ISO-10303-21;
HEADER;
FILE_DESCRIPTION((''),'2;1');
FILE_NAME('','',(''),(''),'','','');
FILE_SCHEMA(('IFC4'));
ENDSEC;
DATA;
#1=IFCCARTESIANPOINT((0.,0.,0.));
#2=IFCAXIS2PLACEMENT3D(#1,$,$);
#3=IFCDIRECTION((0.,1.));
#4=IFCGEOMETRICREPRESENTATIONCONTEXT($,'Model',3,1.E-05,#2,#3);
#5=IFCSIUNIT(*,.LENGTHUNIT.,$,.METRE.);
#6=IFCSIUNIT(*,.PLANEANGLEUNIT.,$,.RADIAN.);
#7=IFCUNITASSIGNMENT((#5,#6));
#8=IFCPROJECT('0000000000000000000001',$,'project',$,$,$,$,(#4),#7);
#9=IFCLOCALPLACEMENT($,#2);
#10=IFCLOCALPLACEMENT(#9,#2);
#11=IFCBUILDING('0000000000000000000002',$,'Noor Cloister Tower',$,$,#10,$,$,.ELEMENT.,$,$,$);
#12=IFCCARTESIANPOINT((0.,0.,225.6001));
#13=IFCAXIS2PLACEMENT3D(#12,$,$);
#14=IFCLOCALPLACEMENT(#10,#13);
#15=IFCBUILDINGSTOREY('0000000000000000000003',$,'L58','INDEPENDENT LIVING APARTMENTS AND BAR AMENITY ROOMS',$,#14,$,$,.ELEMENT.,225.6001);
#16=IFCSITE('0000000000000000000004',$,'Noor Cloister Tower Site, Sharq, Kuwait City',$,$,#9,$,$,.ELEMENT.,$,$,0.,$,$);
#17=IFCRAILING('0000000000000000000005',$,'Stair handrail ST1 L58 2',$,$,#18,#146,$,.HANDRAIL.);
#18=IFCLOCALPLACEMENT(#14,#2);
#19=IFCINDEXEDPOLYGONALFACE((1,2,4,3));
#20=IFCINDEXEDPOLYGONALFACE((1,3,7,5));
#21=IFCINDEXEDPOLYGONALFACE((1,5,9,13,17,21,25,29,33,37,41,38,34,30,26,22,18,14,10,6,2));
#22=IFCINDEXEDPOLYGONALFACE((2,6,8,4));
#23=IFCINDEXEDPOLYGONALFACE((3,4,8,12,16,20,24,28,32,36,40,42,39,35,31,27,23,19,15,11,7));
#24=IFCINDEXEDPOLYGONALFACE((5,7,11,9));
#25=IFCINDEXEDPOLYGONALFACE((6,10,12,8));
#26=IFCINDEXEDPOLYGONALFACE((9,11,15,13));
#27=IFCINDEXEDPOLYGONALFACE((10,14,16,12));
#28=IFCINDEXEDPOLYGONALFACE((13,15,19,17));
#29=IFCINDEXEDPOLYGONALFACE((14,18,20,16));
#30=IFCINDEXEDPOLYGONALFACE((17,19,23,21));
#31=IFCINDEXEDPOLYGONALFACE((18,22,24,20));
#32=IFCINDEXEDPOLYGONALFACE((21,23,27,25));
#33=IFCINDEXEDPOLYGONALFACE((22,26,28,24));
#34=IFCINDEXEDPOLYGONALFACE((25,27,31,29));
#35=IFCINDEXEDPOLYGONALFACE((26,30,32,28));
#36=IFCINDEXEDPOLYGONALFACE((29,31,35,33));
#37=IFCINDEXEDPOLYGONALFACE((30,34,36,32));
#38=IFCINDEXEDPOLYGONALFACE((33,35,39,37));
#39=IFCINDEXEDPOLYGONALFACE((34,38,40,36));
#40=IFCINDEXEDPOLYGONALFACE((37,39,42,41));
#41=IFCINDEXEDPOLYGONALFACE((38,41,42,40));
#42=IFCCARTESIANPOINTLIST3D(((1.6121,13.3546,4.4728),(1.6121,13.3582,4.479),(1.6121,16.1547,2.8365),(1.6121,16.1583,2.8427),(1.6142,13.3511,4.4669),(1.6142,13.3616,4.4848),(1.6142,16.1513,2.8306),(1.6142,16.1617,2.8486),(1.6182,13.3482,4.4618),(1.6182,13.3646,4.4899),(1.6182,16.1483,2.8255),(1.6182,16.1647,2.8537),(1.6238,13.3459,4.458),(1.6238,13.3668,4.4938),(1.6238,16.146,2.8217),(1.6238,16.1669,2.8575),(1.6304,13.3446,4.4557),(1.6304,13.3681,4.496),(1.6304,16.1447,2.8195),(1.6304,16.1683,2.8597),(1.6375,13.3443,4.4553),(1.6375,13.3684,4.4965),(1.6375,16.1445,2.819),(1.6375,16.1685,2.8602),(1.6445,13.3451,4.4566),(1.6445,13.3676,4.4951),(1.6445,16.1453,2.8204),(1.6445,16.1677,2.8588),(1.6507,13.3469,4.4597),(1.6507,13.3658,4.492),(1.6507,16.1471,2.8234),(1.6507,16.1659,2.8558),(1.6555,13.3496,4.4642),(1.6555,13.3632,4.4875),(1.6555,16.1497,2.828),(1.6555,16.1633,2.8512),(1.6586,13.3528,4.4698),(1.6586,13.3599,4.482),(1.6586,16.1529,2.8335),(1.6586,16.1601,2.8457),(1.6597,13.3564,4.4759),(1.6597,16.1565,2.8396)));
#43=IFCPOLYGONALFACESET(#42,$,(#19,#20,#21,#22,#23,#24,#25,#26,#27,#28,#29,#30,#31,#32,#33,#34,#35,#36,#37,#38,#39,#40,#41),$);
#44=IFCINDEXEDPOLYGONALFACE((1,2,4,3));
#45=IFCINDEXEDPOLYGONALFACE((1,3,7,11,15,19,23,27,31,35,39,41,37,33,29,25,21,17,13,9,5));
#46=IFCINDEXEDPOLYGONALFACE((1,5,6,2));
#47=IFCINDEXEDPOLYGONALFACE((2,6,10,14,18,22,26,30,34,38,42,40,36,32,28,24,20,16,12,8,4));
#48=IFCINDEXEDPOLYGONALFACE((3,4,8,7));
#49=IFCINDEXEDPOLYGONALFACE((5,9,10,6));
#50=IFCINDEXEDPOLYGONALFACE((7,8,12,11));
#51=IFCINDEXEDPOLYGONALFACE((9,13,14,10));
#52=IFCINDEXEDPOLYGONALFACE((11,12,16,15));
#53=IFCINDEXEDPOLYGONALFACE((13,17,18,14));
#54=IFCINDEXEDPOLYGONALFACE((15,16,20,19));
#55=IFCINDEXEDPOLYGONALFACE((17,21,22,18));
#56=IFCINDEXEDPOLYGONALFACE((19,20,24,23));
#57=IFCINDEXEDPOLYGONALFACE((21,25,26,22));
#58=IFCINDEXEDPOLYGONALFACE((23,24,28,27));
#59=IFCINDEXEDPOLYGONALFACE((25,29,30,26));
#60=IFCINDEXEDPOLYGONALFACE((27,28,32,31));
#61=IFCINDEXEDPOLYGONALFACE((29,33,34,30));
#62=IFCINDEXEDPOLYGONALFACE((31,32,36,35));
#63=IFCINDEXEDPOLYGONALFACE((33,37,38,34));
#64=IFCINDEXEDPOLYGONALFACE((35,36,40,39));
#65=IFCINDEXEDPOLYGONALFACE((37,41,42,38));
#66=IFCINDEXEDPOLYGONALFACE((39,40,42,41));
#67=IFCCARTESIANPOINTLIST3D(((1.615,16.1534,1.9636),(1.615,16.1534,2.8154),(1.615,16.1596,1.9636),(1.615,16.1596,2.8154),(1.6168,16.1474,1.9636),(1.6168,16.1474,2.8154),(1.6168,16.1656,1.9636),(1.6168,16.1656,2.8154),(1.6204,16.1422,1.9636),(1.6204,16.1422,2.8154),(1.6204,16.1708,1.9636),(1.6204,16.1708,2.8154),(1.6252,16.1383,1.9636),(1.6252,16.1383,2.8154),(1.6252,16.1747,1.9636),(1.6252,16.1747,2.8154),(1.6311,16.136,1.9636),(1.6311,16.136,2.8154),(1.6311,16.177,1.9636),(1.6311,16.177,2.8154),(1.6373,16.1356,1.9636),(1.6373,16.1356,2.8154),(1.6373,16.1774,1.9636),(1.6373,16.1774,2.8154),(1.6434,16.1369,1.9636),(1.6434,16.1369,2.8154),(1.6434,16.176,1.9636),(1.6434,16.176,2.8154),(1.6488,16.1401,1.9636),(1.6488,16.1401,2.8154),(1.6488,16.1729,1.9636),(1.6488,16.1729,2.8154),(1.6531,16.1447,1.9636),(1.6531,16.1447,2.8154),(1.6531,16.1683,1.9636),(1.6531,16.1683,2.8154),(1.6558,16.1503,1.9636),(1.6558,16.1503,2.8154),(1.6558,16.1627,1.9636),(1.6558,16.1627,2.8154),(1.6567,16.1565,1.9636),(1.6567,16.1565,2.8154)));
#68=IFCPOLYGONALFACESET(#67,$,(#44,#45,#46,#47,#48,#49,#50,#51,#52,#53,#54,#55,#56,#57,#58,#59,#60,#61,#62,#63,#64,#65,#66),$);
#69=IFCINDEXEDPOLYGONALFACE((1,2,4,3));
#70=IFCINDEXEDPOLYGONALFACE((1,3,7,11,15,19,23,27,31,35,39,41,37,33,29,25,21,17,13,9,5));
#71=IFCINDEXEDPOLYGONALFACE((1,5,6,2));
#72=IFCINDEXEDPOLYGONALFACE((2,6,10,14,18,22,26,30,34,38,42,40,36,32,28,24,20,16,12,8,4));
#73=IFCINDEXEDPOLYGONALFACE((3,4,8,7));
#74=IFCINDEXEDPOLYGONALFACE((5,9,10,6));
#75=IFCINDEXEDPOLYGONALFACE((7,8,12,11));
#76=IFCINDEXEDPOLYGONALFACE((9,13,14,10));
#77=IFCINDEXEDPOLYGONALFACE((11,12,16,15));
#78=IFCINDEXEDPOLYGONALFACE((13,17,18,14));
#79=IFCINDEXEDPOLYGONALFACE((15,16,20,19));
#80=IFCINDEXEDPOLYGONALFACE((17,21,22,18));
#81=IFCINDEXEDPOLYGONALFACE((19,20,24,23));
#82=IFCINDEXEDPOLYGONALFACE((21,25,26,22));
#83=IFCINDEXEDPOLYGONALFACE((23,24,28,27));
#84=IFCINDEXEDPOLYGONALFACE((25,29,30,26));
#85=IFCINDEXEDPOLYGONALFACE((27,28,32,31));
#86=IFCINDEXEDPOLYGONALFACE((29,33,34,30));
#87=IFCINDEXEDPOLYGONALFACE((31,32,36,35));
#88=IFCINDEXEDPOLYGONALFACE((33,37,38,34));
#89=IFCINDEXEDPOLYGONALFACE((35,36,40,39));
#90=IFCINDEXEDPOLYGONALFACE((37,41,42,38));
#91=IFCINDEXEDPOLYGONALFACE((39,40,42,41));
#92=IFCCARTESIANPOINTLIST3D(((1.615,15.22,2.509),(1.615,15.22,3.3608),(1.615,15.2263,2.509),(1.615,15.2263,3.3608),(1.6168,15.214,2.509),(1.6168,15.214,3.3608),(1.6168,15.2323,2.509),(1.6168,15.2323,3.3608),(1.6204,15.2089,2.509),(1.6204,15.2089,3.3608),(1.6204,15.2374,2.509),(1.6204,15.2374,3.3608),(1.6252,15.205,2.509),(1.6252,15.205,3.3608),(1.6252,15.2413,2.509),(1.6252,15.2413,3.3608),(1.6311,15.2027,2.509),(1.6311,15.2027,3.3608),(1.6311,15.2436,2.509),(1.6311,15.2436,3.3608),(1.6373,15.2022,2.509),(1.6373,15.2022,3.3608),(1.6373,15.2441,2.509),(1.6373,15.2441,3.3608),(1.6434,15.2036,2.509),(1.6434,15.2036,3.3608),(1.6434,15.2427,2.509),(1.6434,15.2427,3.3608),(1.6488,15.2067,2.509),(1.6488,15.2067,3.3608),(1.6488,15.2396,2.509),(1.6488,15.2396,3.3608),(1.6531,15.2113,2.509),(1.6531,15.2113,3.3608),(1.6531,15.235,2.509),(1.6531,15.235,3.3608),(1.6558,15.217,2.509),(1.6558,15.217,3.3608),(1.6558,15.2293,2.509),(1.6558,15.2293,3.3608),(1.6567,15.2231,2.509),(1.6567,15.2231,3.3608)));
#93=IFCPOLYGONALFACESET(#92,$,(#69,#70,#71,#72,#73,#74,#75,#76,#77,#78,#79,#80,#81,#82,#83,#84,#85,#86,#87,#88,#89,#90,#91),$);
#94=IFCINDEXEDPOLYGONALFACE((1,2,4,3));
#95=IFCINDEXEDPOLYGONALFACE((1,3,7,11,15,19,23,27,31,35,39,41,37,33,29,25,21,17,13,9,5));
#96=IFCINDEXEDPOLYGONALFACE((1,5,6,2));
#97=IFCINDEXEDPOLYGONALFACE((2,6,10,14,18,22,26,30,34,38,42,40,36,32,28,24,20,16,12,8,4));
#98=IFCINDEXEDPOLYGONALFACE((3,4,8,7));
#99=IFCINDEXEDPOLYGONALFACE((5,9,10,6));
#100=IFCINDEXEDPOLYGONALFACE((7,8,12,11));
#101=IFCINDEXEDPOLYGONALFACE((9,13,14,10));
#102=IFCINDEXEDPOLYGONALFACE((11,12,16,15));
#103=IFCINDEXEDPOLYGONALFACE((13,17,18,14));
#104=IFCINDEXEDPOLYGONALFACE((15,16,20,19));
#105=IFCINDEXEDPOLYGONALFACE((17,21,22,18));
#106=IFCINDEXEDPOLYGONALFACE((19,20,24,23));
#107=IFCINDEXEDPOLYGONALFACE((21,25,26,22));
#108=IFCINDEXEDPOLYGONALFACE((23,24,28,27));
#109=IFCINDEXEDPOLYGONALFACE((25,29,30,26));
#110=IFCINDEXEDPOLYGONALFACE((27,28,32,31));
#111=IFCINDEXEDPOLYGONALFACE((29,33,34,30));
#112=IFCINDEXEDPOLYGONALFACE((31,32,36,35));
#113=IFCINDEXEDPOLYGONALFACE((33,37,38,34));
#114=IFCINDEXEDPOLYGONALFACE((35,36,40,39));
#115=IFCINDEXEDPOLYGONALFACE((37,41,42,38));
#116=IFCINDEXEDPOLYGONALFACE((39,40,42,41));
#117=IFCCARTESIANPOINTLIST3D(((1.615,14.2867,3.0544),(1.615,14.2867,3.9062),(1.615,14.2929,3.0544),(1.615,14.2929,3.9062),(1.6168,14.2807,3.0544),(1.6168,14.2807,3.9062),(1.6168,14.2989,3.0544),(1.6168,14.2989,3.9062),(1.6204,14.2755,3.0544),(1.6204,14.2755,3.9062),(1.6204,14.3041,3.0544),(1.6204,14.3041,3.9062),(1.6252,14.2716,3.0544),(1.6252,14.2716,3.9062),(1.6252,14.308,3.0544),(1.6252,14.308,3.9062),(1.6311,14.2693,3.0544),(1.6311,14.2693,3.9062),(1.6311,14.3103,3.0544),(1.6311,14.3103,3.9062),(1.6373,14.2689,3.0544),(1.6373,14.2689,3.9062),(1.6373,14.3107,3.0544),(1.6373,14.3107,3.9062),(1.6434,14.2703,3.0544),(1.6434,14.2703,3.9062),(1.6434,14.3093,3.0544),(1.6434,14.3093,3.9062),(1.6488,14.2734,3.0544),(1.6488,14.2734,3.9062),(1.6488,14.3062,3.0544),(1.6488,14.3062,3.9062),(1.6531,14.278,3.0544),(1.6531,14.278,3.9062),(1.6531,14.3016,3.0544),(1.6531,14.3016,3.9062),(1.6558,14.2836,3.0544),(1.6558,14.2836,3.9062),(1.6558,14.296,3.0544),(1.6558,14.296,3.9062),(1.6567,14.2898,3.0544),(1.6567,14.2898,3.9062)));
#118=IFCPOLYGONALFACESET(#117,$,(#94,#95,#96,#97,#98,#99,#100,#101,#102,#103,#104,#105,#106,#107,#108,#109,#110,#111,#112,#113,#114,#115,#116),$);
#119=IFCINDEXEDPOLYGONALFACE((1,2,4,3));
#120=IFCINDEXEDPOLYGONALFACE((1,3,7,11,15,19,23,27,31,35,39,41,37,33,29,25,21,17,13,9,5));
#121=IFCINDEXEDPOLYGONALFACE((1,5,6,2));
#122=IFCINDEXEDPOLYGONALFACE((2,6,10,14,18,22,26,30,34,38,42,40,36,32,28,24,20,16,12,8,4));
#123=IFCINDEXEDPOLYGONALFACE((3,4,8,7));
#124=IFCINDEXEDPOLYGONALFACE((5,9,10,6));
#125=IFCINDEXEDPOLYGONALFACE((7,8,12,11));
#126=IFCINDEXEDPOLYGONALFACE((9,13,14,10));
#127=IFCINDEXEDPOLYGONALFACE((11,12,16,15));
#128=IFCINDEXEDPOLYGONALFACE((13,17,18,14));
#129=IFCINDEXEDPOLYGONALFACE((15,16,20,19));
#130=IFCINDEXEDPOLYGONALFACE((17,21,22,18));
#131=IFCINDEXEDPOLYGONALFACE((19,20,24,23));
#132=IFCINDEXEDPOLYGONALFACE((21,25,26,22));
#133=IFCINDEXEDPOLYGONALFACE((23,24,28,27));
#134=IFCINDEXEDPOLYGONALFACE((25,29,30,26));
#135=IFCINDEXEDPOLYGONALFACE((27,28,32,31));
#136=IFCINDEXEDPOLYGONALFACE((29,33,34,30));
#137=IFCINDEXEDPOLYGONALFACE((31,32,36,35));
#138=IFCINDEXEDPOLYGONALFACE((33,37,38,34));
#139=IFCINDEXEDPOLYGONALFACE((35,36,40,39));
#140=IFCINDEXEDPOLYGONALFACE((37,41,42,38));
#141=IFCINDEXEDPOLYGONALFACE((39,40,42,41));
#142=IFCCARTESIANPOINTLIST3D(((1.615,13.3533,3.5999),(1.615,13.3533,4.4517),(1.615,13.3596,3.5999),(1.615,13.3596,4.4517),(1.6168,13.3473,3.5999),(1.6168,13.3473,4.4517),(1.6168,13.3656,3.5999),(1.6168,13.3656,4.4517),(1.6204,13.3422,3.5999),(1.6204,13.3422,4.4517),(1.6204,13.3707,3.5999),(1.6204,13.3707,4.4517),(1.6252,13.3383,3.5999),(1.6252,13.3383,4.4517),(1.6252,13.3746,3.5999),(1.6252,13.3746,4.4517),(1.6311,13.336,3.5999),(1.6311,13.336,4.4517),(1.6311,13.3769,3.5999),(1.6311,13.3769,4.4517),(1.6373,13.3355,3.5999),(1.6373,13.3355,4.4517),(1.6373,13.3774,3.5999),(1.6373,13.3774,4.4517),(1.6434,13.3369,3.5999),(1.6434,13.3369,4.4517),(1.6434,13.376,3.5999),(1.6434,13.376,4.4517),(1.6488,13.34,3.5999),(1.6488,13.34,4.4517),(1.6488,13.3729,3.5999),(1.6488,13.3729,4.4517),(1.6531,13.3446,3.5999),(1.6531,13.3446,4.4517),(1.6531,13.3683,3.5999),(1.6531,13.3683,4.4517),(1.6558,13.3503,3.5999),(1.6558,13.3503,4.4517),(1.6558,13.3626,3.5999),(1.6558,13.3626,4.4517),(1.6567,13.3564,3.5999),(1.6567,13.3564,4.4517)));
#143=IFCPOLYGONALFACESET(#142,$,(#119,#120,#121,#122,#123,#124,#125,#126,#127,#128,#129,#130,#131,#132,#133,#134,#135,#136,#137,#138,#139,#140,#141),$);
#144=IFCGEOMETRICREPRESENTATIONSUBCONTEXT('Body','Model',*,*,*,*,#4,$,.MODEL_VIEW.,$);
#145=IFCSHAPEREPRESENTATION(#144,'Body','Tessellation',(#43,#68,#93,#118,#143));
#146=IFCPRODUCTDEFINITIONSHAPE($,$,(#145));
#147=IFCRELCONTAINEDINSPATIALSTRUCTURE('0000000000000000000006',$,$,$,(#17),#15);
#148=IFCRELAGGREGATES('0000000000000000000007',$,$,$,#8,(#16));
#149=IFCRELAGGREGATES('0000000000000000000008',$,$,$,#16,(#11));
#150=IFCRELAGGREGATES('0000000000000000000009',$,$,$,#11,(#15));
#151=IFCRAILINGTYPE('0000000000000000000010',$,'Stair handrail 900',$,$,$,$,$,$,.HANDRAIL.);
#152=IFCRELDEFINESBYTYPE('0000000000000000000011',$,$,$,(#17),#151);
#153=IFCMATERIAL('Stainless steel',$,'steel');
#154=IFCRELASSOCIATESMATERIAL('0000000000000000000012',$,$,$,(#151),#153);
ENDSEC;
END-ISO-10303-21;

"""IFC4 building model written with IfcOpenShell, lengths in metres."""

from ifc_helpers import new_model, si_unit, direction, frame, origin, origin_2d, place, context, subcontext, project, spatial, circle, extrude, material, type_object, element, save


model = new_model("IFC4")

# Units and contexts
model_context = context("Model", 3, precision=1e-05, world=origin(), true_north=direction((0.0, 1.0)))
body_context = subcontext(model_context, "Body", "Model", "MODEL_VIEW")
ifc_project = project(units=[si_unit("LENGTHUNIT", "METRE"), si_unit("PLANEANGLEUNIT", "RADIAN")], contexts=[model_context])

# Site, building, storey
site_placement = place(None, origin())
site = spatial("IfcSite", under=ifc_project, at=site_placement, Name="Noor Cloister Tower Site, Sharq, Kuwait City", CompositionType="ELEMENT", RefElevation=0.0)
building_placement = place(site_placement, origin())
building = spatial("IfcBuilding", under=site, at=building_placement, Name="Noor Cloister Tower", CompositionType="ELEMENT")
storey_placement = place(building_placement, frame((0.0, 0.0, 225.6001)))
storey = spatial("IfcBuildingStorey", under=building, at=storey_placement, Name="L58", Description="INDEPENDENT LIVING APARTMENTS AND BAR AMENITY ROOMS", CompositionType="ELEMENT", Elevation=225.6001)

# Railing
ifc_material_1 = material(Name="Stainless steel", Category="steel")
railing_type_1 = type_object("IfcRailingType", Name="Stair handrail 900", PredefinedType="HANDRAIL", material=ifc_material_1)
railing_1_placement = place(storey_placement, frame((1.6357, 16.1565, 1.9636)))
element("IfcRailing", 1, at=railing_1_placement, inside=storey, type_object=railing_type_1, Name="Stair handrail ST1 L58 2", PredefinedType="HANDRAIL", context=body_context, shape_type="SweptSolid", body=[
    extrude(circle(Radius=0.0239, at=origin_2d()), frame((0.0, 0.0, 0.876), z_axis=(0.0, -0.863394, 0.504531), x_axis=(1.0, 0.0, 0.0)), (0.0, 0.0, 1.0), 3.2432),
    extrude(circle(Radius=0.021, at=origin_2d()), origin(), (0.0, 0.0, 1.0), 0.8518),
    extrude(circle(Radius=0.021, at=origin_2d()), frame((0.0, -0.9333, 0.5454)), (0.0, 0.0, 1.0), 0.8518),
    extrude(circle(Radius=0.021, at=origin_2d()), frame((0.0, -1.8667, 1.0908)), (0.0, 0.0, 1.0), 0.8518),
    extrude(circle(Radius=0.021, at=origin_2d()), frame((0.0, -2.8, 1.6362)), (0.0, 0.0, 1.0), 0.8518),
])

save(model, "model.ifc")
